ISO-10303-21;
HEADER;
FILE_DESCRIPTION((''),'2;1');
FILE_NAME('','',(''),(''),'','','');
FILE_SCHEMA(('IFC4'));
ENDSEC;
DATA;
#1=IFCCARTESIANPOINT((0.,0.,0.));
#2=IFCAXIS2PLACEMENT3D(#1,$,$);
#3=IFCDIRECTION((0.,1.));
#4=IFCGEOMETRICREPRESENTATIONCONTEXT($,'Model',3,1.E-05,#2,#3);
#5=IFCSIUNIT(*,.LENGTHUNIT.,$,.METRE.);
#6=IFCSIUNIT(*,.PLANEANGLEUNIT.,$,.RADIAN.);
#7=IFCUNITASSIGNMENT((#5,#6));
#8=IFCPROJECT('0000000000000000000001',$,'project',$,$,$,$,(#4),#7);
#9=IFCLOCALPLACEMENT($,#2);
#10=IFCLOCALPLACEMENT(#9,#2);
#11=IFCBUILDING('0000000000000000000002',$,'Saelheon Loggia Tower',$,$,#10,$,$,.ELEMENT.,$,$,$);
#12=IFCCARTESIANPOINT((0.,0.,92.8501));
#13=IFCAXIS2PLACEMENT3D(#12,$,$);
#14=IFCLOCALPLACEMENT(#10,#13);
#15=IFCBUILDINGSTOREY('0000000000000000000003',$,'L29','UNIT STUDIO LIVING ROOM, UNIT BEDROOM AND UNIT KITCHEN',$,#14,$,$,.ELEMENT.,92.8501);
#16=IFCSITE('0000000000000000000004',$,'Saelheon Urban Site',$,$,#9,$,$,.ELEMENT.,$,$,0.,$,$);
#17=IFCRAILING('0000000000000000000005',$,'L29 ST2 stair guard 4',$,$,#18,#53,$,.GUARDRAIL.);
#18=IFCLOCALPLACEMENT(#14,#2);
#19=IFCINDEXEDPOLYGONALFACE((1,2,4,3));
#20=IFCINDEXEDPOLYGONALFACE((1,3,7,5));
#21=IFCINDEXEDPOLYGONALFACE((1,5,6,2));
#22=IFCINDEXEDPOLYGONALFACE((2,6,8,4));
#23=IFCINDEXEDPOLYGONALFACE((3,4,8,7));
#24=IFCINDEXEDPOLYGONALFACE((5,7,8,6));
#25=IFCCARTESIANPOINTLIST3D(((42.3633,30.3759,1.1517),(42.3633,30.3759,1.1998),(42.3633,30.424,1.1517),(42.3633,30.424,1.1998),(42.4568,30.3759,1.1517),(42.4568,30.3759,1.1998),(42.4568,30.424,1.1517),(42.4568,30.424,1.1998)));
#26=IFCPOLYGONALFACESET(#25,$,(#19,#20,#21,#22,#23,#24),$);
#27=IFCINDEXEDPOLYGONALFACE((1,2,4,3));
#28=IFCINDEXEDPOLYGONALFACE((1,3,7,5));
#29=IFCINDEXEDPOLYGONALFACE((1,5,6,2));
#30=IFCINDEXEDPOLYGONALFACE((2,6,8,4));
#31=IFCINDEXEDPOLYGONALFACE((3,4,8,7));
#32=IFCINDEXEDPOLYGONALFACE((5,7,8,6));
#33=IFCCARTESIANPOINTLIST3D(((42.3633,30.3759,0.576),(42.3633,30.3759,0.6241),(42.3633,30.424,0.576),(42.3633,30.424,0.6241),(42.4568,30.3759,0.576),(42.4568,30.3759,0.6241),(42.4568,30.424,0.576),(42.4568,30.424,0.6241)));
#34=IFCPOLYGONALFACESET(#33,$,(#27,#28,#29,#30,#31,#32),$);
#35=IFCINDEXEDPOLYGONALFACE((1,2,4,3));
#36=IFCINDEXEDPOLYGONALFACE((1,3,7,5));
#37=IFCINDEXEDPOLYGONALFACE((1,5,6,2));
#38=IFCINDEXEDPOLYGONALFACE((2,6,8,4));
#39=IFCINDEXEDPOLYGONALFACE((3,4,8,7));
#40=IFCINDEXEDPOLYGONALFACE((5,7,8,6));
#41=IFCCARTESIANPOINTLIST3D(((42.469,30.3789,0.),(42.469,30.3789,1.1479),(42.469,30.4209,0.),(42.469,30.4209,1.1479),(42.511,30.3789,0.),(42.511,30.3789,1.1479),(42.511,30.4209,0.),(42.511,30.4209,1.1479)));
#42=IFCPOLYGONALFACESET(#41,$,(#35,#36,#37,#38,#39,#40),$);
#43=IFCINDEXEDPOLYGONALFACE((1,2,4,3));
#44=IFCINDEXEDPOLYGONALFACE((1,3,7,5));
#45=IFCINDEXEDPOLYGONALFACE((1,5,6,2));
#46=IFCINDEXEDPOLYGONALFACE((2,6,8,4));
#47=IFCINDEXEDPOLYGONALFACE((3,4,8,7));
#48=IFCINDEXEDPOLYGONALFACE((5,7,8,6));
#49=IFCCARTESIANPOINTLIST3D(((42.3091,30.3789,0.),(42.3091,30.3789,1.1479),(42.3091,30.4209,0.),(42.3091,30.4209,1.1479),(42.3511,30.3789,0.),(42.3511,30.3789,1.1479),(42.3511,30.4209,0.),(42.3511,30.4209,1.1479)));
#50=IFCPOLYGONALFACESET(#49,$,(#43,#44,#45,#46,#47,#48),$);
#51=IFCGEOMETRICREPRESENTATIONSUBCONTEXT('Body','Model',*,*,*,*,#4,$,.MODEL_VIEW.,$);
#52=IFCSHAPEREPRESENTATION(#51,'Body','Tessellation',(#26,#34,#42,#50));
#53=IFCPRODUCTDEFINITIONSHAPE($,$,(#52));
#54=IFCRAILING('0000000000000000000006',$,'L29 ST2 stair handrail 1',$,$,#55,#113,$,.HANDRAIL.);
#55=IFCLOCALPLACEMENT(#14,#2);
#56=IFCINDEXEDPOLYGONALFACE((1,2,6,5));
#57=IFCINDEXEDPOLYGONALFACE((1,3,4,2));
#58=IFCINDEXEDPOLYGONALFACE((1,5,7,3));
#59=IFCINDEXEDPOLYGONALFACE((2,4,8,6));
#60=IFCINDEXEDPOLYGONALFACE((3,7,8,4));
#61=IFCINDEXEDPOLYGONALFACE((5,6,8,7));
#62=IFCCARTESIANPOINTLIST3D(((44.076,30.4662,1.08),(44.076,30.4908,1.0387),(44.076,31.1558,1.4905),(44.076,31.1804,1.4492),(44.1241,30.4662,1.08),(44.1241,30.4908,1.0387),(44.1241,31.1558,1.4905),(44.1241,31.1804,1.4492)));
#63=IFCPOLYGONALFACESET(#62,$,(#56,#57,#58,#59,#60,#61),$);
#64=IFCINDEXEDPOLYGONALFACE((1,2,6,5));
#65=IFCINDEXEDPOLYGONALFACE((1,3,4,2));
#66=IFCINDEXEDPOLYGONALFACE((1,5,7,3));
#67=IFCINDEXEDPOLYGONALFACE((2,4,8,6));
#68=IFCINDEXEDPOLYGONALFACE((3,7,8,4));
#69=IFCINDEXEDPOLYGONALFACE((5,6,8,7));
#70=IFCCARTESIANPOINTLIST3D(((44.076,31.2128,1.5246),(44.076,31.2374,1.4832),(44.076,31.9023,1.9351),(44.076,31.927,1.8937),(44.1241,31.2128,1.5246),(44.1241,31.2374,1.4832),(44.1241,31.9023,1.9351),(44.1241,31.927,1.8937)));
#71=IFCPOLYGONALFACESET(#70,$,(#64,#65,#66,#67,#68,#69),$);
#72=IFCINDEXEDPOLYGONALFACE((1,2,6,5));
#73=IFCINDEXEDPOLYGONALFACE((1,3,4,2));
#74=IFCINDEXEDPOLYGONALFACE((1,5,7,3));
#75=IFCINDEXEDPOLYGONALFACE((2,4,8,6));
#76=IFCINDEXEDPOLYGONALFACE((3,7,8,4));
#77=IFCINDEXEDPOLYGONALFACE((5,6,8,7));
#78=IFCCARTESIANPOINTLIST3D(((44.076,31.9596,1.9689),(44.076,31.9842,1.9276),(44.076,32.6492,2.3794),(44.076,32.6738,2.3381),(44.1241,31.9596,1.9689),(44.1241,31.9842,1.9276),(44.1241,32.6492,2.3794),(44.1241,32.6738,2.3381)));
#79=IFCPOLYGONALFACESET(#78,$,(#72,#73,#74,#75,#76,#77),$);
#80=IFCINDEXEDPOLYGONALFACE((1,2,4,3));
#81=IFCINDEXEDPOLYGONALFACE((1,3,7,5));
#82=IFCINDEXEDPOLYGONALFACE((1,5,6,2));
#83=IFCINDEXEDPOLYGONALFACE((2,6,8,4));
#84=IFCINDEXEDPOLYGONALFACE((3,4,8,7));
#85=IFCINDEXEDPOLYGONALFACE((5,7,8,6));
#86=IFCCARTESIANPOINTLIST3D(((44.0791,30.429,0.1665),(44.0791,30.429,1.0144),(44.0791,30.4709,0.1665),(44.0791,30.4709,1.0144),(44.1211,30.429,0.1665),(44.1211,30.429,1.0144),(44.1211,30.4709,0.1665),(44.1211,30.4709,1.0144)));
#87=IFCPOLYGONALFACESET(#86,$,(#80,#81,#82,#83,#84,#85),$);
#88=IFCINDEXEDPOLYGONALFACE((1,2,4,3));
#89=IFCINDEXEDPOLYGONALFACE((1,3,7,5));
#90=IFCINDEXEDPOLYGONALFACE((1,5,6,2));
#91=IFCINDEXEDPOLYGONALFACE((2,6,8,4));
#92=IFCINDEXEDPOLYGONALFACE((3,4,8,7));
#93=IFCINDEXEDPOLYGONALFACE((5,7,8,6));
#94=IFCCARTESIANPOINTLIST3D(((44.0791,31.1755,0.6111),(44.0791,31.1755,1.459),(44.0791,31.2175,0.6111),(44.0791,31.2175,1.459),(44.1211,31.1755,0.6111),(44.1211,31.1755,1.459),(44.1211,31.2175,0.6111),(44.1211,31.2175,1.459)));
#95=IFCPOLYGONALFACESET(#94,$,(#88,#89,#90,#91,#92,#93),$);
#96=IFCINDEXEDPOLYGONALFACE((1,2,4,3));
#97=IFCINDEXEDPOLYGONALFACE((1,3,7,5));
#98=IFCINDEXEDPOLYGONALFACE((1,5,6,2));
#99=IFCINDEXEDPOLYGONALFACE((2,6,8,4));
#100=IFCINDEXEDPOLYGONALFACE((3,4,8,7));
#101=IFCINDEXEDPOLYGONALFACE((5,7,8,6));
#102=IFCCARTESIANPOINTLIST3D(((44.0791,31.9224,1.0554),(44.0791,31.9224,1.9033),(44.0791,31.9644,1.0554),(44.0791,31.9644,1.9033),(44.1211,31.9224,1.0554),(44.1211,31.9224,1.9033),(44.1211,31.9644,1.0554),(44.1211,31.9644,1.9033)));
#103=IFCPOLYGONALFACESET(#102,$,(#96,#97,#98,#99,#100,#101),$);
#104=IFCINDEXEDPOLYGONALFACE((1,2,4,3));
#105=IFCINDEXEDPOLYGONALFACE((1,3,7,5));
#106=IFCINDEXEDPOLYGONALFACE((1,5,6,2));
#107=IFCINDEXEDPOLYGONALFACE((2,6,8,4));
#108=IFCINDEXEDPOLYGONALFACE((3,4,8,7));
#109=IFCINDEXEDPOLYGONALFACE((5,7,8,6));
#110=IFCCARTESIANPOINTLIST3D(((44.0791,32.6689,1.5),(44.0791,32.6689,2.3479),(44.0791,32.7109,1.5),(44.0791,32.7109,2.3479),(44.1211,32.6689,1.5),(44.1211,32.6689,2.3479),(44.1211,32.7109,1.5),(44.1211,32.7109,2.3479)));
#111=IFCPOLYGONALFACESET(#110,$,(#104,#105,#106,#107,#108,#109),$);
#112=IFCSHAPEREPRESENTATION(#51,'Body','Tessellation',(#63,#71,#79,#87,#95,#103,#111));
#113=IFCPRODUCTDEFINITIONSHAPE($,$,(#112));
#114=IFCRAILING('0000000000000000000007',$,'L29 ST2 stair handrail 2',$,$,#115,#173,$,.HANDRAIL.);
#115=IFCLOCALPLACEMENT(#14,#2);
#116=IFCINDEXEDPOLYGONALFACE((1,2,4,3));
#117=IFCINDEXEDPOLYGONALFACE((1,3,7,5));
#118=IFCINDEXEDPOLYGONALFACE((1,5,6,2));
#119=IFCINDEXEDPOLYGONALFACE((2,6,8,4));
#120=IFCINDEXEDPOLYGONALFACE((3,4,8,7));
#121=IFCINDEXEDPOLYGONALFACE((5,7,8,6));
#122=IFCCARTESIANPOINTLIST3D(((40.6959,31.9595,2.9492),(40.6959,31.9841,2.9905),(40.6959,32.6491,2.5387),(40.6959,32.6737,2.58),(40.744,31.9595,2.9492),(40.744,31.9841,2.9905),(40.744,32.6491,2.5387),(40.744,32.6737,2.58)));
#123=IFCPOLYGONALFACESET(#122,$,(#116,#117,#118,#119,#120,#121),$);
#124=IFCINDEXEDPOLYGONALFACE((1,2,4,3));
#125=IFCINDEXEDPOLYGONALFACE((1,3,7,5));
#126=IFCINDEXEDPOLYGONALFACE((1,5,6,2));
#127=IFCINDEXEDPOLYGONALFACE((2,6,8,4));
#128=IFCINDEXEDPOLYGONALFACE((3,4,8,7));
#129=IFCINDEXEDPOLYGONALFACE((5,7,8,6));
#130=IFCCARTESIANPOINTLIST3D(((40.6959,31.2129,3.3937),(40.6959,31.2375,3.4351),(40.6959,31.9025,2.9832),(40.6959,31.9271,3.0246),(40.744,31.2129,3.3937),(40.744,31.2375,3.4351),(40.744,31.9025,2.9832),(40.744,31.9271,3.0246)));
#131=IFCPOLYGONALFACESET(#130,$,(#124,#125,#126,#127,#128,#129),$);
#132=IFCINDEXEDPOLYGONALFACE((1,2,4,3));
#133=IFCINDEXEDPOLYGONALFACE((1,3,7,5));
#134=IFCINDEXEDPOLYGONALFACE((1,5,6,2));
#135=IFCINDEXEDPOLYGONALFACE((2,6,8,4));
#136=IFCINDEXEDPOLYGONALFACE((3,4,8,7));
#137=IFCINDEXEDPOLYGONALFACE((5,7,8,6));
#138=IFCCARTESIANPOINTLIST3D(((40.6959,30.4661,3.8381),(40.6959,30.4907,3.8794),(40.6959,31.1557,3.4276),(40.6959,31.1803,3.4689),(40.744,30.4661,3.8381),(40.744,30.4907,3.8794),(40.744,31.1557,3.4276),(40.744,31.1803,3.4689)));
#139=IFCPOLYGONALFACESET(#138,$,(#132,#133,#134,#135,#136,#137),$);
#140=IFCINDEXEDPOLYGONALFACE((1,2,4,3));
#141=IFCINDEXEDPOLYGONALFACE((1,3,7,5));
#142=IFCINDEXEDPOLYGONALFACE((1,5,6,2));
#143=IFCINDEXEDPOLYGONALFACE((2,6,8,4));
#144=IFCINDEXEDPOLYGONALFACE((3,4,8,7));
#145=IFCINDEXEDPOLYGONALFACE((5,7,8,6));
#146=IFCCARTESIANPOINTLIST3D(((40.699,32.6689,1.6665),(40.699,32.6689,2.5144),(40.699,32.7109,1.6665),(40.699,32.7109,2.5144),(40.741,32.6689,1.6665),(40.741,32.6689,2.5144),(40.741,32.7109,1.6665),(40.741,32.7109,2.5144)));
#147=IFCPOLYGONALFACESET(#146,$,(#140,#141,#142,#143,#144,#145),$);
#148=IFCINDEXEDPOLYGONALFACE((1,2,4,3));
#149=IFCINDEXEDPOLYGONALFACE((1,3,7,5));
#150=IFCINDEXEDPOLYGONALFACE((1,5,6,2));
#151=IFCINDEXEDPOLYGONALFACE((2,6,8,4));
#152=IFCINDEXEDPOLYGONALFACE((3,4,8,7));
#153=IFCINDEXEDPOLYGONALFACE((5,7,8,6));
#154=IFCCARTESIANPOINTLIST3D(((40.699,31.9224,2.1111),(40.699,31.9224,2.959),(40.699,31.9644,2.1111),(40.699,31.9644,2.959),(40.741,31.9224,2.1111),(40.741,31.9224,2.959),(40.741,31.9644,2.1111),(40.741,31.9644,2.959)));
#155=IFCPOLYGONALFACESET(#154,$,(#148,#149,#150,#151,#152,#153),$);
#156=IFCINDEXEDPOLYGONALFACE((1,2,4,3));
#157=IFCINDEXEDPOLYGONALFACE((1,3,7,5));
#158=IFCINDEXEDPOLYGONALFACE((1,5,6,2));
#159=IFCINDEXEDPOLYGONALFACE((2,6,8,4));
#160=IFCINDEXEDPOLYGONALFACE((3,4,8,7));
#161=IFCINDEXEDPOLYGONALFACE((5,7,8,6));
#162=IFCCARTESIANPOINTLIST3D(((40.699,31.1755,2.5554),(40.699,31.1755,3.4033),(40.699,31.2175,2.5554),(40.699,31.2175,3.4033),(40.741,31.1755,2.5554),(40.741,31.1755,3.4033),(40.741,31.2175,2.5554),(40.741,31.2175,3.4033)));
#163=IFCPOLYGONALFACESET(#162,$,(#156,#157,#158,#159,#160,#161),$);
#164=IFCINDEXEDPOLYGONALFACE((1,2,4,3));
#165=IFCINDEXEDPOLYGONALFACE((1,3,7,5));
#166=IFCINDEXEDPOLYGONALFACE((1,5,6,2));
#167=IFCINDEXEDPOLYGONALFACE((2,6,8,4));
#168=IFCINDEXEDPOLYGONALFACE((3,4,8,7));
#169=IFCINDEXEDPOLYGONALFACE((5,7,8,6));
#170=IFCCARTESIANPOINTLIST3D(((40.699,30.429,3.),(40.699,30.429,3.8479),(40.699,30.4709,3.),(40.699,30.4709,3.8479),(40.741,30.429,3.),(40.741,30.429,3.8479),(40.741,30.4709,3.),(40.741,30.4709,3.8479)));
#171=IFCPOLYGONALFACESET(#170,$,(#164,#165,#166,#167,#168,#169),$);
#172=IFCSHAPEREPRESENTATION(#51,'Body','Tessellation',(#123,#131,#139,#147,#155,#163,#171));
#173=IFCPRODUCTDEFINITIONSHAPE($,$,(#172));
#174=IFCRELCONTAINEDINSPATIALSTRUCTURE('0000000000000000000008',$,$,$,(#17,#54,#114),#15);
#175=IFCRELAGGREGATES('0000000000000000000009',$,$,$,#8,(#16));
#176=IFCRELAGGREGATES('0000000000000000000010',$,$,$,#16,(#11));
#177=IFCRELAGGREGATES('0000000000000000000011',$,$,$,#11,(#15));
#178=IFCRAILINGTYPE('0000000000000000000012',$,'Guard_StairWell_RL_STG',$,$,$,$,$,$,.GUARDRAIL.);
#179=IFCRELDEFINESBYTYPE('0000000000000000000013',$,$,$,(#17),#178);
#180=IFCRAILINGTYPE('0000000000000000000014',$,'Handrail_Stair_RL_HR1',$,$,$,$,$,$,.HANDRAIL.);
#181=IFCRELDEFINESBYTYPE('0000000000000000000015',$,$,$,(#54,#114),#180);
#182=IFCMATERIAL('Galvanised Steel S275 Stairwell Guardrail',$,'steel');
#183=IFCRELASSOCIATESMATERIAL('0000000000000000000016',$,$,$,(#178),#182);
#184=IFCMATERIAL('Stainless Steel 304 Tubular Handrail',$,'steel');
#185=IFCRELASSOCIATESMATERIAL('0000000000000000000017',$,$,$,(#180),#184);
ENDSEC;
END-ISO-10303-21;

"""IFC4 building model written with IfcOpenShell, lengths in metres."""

from ifc_helpers import new_model, si_unit, direction, frame, origin, origin_2d, place, context, subcontext, project, spatial, rectangle, extrude, material, type_object, element, save


model = new_model("IFC4")

# Units and contexts
model_context = context("Model", 3, precision=1e-05, world=origin(), true_north=direction((0.0, 1.0)))
body_context = subcontext(model_context, "Body", "Model", "MODEL_VIEW")
ifc_project = project(units=[si_unit("LENGTHUNIT", "METRE"), si_unit("PLANEANGLEUNIT", "RADIAN")], contexts=[model_context])

# Site, building, storey
site_placement = place(None, origin())
site = spatial("IfcSite", under=ifc_project, at=site_placement, Name="Saelheon Urban Site", CompositionType="ELEMENT", RefElevation=0.0)
building_placement = place(site_placement, origin())
building = spatial("IfcBuilding", under=site, at=building_placement, Name="Saelheon Loggia Tower", CompositionType="ELEMENT")
storey_placement = place(building_placement, frame((0.0, 0.0, 92.8501)))
storey = spatial("IfcBuildingStorey", under=building, at=storey_placement, Name="L29", Description="UNIT STUDIO LIVING ROOM, UNIT BEDROOM AND UNIT KITCHEN", CompositionType="ELEMENT", Elevation=92.8501)

# Railings
ifc_material_1 = material(Name="Galvanised Steel S275 Stairwell Guardrail", Category="steel")
railing_type_1 = type_object("IfcRailingType", Name="Guard_StairWell_RL_STG", PredefinedType="GUARDRAIL", material=ifc_material_1)
railing_1_placement = place(storey_placement, frame((42.49, 30.3999, 0.0)))
element("IfcRailing", 1, at=railing_1_placement, inside=storey, type_object=railing_type_1, Name="L29 ST2 stair guard 4", PredefinedType="GUARDRAIL", context=body_context, shape_type="SweptSolid", body=[
    extrude(rectangle(XDim=0.0481, YDim=0.0481, at=origin_2d()), frame((-0.0332, 0.0, 1.1758), z_axis=(-1.0, 0.0, 0.0), x_axis=(0.0, -1.0, 0.0)), (0.0, 0.0, 1.0), 0.0935),
    extrude(rectangle(XDim=0.0481, YDim=0.0481, at=origin_2d()), frame((-0.0332, 0.0, 0.6001), z_axis=(-1.0, 0.0, 0.0), x_axis=(0.0, -1.0, 0.0)), (0.0, 0.0, 1.0), 0.0935),
    extrude(rectangle(XDim=0.042, YDim=0.042, at=origin_2d()), origin(), (0.0, 0.0, 1.0), 1.1479),
    extrude(rectangle(XDim=0.042, YDim=0.042, at=origin_2d()), frame((-0.1599, 0.0, 0.0)), (0.0, 0.0, 1.0), 1.1479),
])
ifc_material_2 = material(Name="Stainless Steel 304 Tubular Handrail", Category="steel")
railing_type_2 = type_object("IfcRailingType", Name="Handrail_Stair_RL_HR1", PredefinedType="HANDRAIL", material=ifc_material_2)
railing_2_placement = place(storey_placement, frame((44.1001, 30.45, 0.1665)))
element("IfcRailing", 2, at=railing_2_placement, inside=storey, type_object=railing_type_2, Name="L29 ST2 stair handrail 1", PredefinedType="HANDRAIL", context=body_context, shape_type="SweptSolid", body=[
    extrude(rectangle(XDim=0.0481, YDim=0.0481, at=origin_2d()), frame((0.0, 0.0286, 0.8928), z_axis=(0.0, 0.859264, 0.511532), x_axis=(-1.0, 0.0, 0.0)), (0.0, 0.0, 1.0), 0.8025),
    extrude(rectangle(XDim=0.0481, YDim=0.0481, at=origin_2d()), frame((0.0, 0.7751, 1.3374), z_axis=(0.0, 0.859264, 0.511532), x_axis=(-1.0, 0.0, 0.0)), (0.0, 0.0, 1.0), 0.8025),
    extrude(rectangle(XDim=0.0481, YDim=0.0481, at=origin_2d()), frame((0.0, 1.522, 1.7817), z_axis=(0.0, 0.859264, 0.511532), x_axis=(-1.0, 0.0, 0.0)), (0.0, 0.0, 1.0), 0.8025),
    extrude(rectangle(XDim=0.042, YDim=0.042, at=origin_2d()), origin(), (0.0, 0.0, 1.0), 0.8479),
    extrude(rectangle(XDim=0.042, YDim=0.042, at=origin_2d()), frame((0.0, 0.7466, 0.4446)), (0.0, 0.0, 1.0), 0.8479),
    extrude(rectangle(XDim=0.042, YDim=0.042, at=origin_2d()), frame((0.0, 1.4934, 0.8889)), (0.0, 0.0, 1.0), 0.8479),
    extrude(rectangle(XDim=0.042, YDim=0.042, at=origin_2d()), frame((0.0, 2.24, 1.3335)), (0.0, 0.0, 1.0), 0.8479),
])
railing_3_placement = place(storey_placement, frame((40.72, 32.6899, 1.6665)))
element("IfcRailing", 3, at=railing_3_placement, inside=storey, type_object=railing_type_2, Name="L29 ST2 stair handrail 2", PredefinedType="HANDRAIL", context=body_context, shape_type="SweptSolid", body=[
    extrude(rectangle(XDim=0.0481, YDim=0.0481, at=origin_2d()), frame((0.0, -0.0286, 0.8928), z_axis=(0.0, -0.859264, 0.511532), x_axis=(1.0, 0.0, 0.0)), (0.0, 0.0, 1.0), 0.8025),
    extrude(rectangle(XDim=0.0481, YDim=0.0481, at=origin_2d()), frame((0.0, -0.7751, 1.3374), z_axis=(0.0, -0.859264, 0.511532), x_axis=(1.0, 0.0, 0.0)), (0.0, 0.0, 1.0), 0.8025),
    extrude(rectangle(XDim=0.0481, YDim=0.0481, at=origin_2d()), frame((0.0, -1.522, 1.7817), z_axis=(0.0, -0.859264, 0.511532), x_axis=(1.0, 0.0, 0.0)), (0.0, 0.0, 1.0), 0.8025),
    extrude(rectangle(XDim=0.042, YDim=0.042, at=origin_2d()), origin(), (0.0, 0.0, 1.0), 0.8479),
    extrude(rectangle(XDim=0.042, YDim=0.042, at=origin_2d()), frame((0.0, -0.7466, 0.4446)), (0.0, 0.0, 1.0), 0.8479),
    extrude(rectangle(XDim=0.042, YDim=0.042, at=origin_2d()), frame((0.0, -1.4934, 0.8889)), (0.0, 0.0, 1.0), 0.8479),
    extrude(rectangle(XDim=0.042, YDim=0.042, at=origin_2d()), frame((0.0, -2.24, 1.3335)), (0.0, 0.0, 1.0), 0.8479),
])

save(model, "model.ifc")
